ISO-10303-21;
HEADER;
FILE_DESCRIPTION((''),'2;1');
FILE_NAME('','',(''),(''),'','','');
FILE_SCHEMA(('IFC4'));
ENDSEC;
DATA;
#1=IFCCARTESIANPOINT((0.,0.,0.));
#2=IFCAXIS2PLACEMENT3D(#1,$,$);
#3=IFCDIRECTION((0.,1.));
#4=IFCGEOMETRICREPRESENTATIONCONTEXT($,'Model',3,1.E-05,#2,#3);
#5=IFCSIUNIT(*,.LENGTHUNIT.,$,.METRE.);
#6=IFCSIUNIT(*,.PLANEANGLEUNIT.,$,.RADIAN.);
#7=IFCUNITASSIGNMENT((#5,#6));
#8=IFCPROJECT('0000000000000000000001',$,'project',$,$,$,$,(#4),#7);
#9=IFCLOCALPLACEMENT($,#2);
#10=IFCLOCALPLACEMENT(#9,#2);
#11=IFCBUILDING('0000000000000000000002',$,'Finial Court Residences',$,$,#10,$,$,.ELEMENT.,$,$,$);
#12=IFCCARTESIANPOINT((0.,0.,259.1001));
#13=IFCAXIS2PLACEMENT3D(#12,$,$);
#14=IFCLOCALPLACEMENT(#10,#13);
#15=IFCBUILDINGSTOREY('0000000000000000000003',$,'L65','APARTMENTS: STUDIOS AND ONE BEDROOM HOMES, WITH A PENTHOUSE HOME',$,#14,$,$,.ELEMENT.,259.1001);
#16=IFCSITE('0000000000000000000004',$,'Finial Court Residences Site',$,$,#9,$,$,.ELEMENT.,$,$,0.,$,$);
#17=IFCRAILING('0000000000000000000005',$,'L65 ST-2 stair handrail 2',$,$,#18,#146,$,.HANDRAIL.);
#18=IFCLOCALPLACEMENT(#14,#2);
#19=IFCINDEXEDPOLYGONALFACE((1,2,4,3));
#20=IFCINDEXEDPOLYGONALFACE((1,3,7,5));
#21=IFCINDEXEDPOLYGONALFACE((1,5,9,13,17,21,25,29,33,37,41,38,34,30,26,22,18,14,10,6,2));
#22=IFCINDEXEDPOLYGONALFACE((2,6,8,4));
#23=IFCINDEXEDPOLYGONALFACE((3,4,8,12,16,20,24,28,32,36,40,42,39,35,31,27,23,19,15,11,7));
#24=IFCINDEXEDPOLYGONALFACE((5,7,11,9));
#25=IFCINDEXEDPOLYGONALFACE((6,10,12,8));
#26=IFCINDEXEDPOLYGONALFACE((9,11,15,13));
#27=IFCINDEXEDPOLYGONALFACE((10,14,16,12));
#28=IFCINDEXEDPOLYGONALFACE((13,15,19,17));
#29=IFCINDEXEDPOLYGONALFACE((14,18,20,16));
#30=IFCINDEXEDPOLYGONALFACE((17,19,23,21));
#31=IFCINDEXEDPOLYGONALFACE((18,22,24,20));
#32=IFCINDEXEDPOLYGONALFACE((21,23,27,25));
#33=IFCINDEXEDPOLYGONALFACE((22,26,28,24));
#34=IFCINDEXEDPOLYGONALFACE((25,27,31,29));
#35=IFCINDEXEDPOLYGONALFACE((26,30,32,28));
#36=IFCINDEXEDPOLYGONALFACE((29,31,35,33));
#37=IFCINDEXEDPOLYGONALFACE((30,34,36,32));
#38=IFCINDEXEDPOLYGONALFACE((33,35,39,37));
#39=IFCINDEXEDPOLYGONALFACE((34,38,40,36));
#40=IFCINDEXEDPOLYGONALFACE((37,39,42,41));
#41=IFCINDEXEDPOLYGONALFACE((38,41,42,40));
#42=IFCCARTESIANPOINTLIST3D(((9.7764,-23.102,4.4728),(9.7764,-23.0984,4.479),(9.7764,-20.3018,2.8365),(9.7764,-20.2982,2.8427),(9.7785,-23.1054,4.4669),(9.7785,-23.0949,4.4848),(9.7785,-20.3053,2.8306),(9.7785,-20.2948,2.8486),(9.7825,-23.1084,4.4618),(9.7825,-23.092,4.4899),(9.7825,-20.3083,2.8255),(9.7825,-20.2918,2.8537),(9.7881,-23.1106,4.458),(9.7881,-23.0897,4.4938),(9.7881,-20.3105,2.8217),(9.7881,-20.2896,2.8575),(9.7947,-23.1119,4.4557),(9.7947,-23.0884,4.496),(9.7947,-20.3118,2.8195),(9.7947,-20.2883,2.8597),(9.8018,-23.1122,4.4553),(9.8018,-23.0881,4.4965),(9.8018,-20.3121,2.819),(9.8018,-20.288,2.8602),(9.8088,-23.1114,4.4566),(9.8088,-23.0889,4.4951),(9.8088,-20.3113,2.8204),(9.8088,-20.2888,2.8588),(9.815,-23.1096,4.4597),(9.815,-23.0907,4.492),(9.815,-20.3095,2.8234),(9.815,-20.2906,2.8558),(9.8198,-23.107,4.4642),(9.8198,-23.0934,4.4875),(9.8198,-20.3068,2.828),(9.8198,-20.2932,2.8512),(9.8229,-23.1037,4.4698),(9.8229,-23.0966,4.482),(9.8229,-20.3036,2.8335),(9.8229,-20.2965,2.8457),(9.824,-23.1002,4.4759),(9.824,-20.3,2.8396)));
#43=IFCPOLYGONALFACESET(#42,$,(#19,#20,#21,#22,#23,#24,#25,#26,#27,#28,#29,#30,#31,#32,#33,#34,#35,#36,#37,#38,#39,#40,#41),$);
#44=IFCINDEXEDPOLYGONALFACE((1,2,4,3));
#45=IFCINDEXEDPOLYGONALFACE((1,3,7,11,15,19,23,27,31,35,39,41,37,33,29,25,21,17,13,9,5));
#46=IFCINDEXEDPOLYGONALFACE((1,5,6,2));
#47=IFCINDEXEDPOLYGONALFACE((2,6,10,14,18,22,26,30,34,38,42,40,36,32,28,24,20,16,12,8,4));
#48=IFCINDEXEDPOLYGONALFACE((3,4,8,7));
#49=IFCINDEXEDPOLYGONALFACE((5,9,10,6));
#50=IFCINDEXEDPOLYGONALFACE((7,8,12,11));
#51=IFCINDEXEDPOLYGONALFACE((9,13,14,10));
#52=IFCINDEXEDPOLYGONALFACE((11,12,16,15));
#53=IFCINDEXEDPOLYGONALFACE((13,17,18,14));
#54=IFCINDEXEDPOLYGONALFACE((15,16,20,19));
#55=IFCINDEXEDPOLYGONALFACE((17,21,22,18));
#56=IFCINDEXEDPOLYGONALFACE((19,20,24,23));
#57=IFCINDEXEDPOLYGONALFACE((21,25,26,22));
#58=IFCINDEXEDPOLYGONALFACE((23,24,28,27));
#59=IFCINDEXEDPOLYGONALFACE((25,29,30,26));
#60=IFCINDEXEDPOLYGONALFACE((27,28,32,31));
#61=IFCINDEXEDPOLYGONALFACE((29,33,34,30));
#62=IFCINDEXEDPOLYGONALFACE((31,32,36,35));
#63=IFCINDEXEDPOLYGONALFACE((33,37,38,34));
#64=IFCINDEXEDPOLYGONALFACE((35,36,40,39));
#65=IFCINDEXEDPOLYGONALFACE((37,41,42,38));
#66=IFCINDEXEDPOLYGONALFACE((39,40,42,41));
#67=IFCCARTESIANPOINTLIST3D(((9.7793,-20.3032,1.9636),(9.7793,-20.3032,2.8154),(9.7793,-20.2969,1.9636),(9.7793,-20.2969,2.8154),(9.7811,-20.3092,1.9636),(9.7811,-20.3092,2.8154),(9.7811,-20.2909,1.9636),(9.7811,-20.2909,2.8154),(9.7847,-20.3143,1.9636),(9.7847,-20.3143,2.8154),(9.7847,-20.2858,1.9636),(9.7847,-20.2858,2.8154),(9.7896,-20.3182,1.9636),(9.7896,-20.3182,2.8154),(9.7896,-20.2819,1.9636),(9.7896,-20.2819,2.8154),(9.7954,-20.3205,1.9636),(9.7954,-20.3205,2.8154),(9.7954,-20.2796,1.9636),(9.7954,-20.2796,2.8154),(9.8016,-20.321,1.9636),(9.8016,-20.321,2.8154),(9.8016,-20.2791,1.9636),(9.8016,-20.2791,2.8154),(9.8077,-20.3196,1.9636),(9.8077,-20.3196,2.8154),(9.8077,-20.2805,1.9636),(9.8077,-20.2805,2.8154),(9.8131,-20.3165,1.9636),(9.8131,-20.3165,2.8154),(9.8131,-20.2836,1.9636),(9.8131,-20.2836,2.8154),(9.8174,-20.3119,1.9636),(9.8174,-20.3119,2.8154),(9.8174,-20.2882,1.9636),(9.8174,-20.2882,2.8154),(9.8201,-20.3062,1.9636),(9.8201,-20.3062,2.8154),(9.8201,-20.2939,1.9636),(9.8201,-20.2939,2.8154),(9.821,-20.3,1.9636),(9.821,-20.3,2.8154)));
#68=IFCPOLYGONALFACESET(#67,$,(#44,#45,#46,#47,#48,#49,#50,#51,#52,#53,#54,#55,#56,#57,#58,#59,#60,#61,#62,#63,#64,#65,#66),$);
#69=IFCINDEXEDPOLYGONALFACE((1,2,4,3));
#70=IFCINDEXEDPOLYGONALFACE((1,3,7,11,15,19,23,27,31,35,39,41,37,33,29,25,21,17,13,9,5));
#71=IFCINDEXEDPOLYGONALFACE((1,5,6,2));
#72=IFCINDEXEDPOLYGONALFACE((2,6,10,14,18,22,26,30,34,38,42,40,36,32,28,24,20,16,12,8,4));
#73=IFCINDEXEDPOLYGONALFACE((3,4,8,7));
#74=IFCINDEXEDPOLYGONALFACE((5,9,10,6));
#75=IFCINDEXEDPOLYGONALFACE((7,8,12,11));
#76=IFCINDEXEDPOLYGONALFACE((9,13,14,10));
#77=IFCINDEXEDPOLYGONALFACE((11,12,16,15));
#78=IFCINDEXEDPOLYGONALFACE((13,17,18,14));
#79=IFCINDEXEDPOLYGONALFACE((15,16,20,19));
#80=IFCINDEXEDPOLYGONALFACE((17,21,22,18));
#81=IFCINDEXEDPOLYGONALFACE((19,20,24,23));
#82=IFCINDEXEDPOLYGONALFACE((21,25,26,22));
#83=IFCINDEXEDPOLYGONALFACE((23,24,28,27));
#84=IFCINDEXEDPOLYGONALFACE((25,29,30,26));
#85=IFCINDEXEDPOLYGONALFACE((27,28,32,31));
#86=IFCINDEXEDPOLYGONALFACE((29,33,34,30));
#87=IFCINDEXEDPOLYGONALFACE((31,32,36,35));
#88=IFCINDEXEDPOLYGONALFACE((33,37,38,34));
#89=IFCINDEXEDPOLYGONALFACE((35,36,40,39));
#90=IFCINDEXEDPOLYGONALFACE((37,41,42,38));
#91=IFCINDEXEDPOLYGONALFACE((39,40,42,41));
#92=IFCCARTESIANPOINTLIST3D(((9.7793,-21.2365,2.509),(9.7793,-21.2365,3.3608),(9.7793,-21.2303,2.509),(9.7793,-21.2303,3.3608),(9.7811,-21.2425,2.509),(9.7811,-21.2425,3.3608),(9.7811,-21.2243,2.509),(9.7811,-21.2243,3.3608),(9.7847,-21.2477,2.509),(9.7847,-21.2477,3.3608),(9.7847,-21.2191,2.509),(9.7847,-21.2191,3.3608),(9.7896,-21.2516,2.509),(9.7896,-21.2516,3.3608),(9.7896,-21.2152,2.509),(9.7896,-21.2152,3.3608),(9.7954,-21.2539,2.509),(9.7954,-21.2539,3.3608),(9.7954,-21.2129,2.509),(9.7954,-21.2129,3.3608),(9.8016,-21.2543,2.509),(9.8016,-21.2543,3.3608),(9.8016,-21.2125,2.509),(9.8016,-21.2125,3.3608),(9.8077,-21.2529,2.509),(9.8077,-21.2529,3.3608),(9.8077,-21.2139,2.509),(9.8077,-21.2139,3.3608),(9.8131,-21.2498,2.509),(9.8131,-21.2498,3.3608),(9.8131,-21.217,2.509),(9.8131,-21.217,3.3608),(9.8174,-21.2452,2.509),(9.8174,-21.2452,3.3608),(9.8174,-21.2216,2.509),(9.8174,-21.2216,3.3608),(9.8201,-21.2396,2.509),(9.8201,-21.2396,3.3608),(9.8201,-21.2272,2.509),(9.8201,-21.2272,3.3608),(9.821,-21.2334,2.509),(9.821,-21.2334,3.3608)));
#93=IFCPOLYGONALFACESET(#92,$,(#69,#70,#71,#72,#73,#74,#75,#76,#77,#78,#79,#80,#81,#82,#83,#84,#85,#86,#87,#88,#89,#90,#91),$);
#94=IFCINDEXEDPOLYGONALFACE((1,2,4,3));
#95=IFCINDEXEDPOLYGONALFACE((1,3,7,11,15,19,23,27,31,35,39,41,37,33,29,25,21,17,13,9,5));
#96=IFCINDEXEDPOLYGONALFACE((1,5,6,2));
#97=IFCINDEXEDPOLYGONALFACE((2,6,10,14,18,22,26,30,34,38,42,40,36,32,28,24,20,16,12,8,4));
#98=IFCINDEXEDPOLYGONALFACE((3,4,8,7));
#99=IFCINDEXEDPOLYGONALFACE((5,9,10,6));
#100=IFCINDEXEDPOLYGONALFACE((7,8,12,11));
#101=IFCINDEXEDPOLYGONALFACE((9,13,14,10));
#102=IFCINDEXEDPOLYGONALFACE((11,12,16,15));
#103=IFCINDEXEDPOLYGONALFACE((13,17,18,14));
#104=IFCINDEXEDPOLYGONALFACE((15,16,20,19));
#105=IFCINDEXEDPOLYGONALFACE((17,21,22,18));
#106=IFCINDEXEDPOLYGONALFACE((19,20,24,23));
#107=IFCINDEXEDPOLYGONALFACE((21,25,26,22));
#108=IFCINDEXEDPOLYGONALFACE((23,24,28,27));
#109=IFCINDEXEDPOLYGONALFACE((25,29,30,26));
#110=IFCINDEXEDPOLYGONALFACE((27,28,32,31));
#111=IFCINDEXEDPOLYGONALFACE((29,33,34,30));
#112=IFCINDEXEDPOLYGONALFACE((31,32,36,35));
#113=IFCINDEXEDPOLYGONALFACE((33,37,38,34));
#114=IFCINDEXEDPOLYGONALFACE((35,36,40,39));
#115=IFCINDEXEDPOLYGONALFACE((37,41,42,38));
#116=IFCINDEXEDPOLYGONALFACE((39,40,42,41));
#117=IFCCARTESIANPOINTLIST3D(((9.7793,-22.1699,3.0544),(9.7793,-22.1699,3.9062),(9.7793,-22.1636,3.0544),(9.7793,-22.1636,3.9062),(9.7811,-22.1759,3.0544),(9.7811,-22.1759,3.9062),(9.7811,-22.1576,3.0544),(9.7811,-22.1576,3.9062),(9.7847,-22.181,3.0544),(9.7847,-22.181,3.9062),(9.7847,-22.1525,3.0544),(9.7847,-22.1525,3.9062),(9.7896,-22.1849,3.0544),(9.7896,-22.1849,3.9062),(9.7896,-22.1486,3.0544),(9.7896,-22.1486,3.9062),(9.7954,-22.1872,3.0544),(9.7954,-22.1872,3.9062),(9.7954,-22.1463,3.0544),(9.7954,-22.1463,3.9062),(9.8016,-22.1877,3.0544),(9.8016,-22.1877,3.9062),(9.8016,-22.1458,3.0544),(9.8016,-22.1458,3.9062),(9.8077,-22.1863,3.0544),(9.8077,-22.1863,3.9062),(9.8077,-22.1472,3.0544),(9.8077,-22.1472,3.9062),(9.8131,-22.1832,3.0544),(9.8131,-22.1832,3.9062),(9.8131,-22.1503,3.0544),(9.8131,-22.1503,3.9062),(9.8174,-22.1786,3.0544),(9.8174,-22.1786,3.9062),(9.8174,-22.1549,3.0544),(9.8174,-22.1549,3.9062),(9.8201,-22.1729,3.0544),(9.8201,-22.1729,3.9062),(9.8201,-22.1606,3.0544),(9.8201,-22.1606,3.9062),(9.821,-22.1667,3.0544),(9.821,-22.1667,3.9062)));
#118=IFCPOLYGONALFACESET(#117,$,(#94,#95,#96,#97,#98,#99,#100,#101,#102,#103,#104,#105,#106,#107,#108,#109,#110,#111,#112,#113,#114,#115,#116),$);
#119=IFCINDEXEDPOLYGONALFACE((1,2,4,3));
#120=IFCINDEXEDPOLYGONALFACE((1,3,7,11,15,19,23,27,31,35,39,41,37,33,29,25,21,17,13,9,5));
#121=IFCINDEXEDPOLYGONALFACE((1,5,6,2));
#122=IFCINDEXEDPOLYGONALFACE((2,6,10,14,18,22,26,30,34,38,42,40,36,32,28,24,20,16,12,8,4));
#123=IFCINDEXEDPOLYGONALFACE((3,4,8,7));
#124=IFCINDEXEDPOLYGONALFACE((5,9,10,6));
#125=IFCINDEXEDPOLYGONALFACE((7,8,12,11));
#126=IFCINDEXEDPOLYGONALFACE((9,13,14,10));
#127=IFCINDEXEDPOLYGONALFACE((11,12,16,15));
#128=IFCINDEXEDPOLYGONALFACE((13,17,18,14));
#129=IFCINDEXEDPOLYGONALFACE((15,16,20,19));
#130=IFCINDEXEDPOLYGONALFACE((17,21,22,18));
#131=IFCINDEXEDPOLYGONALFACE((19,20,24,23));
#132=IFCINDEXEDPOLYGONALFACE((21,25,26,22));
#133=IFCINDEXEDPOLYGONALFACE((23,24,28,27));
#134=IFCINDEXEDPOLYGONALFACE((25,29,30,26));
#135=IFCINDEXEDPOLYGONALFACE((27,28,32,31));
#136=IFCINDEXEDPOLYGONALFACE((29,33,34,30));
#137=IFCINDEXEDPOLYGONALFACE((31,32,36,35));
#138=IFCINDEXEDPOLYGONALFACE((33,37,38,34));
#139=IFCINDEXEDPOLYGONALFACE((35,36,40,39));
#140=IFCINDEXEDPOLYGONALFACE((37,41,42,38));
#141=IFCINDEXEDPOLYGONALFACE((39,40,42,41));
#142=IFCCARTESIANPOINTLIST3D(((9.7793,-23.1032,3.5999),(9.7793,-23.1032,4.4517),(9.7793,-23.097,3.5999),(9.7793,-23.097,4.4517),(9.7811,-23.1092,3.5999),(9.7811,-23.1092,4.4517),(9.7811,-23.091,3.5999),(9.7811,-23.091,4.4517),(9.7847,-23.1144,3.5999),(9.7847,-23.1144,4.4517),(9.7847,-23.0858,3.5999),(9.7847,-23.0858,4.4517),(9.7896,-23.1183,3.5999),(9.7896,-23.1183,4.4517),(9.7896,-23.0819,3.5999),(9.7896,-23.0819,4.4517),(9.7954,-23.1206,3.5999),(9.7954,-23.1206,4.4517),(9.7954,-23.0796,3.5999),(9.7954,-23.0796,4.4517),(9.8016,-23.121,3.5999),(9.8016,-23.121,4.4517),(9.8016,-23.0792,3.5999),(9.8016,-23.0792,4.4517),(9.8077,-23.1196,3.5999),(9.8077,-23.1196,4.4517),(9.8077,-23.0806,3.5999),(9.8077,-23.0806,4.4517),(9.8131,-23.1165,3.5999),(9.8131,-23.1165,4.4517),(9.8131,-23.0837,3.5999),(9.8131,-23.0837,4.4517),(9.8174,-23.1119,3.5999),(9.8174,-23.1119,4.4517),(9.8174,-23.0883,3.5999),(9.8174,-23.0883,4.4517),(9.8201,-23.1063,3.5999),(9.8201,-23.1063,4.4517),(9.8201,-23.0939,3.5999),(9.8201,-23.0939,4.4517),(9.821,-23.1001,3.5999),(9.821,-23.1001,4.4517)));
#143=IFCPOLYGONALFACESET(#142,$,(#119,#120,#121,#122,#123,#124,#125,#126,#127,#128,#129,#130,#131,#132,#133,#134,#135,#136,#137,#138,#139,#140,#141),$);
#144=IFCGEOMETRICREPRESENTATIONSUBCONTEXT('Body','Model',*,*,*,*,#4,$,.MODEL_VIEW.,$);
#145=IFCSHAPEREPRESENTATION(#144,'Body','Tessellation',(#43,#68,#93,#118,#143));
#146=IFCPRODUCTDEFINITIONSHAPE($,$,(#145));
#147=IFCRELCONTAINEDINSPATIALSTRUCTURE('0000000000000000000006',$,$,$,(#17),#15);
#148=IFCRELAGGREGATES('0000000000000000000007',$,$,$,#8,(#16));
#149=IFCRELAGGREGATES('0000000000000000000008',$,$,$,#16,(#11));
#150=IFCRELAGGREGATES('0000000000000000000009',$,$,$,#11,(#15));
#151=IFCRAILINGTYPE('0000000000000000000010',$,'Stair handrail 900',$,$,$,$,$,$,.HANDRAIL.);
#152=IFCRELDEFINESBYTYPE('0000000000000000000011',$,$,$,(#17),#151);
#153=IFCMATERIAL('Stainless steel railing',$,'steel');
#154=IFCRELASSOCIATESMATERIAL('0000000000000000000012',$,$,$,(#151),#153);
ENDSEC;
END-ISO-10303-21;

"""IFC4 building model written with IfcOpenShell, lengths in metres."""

from ifc_helpers import new_model, si_unit, direction, frame, origin, origin_2d, place, context, subcontext, project, spatial, circle, extrude, material, type_object, element, save


model = new_model("IFC4")

# Units and contexts
model_context = context("Model", 3, precision=1e-05, world=origin(), true_north=direction((0.0, 1.0)))
body_context = subcontext(model_context, "Body", "Model", "MODEL_VIEW")
ifc_project = project(units=[si_unit("LENGTHUNIT", "METRE"), si_unit("PLANEANGLEUNIT", "RADIAN")], contexts=[model_context])

# Site, building, storey
site_placement = place(None, origin())
site = spatial("IfcSite", under=ifc_project, at=site_placement, Name="Finial Court Residences Site", CompositionType="ELEMENT", RefElevation=0.0)
building_placement = place(site_placement, origin())
building = spatial("IfcBuilding", under=site, at=building_placement, Name="Finial Court Residences", CompositionType="ELEMENT")
storey_placement = place(building_placement, frame((0.0, 0.0, 259.1001)))
storey = spatial("IfcBuildingStorey", under=building, at=storey_placement, Name="L65", Description="APARTMENTS: STUDIOS AND ONE BEDROOM HOMES, WITH A PENTHOUSE HOME", CompositionType="ELEMENT", Elevation=259.1001)

# Railing
ifc_material_1 = material(Name="Stainless steel railing", Category="steel")
railing_type_1 = type_object("IfcRailingType", Name="Stair handrail 900", PredefinedType="HANDRAIL", material=ifc_material_1)
railing_1_placement = place(storey_placement, frame((9.8, -20.3, 1.9636)))
element("IfcRailing", 1, at=railing_1_placement, inside=storey, type_object=railing_type_1, Name="L65 ST-2 stair handrail 2", PredefinedType="HANDRAIL", context=body_context, shape_type="SweptSolid", body=[
    extrude(circle(Radius=0.0239, at=origin_2d()), frame((0.0, 0.0, 0.876), z_axis=(0.0, -0.863394, 0.504531), x_axis=(1.0, 0.0, 0.0)), (0.0, 0.0, 1.0), 3.2432),
    extrude(circle(Radius=0.021, at=origin_2d()), origin(), (0.0, 0.0, 1.0), 0.8518),
    extrude(circle(Radius=0.021, at=origin_2d()), frame((0.0, -0.9333, 0.5454)), (0.0, 0.0, 1.0), 0.8518),
    extrude(circle(Radius=0.021, at=origin_2d()), frame((0.0, -1.8667, 1.0908)), (0.0, 0.0, 1.0), 0.8518),
    extrude(circle(Radius=0.021, at=origin_2d()), frame((0.0, -2.8, 1.6362)), (0.0, 0.0, 1.0), 0.8518),
])

save(model, "model.ifc")
